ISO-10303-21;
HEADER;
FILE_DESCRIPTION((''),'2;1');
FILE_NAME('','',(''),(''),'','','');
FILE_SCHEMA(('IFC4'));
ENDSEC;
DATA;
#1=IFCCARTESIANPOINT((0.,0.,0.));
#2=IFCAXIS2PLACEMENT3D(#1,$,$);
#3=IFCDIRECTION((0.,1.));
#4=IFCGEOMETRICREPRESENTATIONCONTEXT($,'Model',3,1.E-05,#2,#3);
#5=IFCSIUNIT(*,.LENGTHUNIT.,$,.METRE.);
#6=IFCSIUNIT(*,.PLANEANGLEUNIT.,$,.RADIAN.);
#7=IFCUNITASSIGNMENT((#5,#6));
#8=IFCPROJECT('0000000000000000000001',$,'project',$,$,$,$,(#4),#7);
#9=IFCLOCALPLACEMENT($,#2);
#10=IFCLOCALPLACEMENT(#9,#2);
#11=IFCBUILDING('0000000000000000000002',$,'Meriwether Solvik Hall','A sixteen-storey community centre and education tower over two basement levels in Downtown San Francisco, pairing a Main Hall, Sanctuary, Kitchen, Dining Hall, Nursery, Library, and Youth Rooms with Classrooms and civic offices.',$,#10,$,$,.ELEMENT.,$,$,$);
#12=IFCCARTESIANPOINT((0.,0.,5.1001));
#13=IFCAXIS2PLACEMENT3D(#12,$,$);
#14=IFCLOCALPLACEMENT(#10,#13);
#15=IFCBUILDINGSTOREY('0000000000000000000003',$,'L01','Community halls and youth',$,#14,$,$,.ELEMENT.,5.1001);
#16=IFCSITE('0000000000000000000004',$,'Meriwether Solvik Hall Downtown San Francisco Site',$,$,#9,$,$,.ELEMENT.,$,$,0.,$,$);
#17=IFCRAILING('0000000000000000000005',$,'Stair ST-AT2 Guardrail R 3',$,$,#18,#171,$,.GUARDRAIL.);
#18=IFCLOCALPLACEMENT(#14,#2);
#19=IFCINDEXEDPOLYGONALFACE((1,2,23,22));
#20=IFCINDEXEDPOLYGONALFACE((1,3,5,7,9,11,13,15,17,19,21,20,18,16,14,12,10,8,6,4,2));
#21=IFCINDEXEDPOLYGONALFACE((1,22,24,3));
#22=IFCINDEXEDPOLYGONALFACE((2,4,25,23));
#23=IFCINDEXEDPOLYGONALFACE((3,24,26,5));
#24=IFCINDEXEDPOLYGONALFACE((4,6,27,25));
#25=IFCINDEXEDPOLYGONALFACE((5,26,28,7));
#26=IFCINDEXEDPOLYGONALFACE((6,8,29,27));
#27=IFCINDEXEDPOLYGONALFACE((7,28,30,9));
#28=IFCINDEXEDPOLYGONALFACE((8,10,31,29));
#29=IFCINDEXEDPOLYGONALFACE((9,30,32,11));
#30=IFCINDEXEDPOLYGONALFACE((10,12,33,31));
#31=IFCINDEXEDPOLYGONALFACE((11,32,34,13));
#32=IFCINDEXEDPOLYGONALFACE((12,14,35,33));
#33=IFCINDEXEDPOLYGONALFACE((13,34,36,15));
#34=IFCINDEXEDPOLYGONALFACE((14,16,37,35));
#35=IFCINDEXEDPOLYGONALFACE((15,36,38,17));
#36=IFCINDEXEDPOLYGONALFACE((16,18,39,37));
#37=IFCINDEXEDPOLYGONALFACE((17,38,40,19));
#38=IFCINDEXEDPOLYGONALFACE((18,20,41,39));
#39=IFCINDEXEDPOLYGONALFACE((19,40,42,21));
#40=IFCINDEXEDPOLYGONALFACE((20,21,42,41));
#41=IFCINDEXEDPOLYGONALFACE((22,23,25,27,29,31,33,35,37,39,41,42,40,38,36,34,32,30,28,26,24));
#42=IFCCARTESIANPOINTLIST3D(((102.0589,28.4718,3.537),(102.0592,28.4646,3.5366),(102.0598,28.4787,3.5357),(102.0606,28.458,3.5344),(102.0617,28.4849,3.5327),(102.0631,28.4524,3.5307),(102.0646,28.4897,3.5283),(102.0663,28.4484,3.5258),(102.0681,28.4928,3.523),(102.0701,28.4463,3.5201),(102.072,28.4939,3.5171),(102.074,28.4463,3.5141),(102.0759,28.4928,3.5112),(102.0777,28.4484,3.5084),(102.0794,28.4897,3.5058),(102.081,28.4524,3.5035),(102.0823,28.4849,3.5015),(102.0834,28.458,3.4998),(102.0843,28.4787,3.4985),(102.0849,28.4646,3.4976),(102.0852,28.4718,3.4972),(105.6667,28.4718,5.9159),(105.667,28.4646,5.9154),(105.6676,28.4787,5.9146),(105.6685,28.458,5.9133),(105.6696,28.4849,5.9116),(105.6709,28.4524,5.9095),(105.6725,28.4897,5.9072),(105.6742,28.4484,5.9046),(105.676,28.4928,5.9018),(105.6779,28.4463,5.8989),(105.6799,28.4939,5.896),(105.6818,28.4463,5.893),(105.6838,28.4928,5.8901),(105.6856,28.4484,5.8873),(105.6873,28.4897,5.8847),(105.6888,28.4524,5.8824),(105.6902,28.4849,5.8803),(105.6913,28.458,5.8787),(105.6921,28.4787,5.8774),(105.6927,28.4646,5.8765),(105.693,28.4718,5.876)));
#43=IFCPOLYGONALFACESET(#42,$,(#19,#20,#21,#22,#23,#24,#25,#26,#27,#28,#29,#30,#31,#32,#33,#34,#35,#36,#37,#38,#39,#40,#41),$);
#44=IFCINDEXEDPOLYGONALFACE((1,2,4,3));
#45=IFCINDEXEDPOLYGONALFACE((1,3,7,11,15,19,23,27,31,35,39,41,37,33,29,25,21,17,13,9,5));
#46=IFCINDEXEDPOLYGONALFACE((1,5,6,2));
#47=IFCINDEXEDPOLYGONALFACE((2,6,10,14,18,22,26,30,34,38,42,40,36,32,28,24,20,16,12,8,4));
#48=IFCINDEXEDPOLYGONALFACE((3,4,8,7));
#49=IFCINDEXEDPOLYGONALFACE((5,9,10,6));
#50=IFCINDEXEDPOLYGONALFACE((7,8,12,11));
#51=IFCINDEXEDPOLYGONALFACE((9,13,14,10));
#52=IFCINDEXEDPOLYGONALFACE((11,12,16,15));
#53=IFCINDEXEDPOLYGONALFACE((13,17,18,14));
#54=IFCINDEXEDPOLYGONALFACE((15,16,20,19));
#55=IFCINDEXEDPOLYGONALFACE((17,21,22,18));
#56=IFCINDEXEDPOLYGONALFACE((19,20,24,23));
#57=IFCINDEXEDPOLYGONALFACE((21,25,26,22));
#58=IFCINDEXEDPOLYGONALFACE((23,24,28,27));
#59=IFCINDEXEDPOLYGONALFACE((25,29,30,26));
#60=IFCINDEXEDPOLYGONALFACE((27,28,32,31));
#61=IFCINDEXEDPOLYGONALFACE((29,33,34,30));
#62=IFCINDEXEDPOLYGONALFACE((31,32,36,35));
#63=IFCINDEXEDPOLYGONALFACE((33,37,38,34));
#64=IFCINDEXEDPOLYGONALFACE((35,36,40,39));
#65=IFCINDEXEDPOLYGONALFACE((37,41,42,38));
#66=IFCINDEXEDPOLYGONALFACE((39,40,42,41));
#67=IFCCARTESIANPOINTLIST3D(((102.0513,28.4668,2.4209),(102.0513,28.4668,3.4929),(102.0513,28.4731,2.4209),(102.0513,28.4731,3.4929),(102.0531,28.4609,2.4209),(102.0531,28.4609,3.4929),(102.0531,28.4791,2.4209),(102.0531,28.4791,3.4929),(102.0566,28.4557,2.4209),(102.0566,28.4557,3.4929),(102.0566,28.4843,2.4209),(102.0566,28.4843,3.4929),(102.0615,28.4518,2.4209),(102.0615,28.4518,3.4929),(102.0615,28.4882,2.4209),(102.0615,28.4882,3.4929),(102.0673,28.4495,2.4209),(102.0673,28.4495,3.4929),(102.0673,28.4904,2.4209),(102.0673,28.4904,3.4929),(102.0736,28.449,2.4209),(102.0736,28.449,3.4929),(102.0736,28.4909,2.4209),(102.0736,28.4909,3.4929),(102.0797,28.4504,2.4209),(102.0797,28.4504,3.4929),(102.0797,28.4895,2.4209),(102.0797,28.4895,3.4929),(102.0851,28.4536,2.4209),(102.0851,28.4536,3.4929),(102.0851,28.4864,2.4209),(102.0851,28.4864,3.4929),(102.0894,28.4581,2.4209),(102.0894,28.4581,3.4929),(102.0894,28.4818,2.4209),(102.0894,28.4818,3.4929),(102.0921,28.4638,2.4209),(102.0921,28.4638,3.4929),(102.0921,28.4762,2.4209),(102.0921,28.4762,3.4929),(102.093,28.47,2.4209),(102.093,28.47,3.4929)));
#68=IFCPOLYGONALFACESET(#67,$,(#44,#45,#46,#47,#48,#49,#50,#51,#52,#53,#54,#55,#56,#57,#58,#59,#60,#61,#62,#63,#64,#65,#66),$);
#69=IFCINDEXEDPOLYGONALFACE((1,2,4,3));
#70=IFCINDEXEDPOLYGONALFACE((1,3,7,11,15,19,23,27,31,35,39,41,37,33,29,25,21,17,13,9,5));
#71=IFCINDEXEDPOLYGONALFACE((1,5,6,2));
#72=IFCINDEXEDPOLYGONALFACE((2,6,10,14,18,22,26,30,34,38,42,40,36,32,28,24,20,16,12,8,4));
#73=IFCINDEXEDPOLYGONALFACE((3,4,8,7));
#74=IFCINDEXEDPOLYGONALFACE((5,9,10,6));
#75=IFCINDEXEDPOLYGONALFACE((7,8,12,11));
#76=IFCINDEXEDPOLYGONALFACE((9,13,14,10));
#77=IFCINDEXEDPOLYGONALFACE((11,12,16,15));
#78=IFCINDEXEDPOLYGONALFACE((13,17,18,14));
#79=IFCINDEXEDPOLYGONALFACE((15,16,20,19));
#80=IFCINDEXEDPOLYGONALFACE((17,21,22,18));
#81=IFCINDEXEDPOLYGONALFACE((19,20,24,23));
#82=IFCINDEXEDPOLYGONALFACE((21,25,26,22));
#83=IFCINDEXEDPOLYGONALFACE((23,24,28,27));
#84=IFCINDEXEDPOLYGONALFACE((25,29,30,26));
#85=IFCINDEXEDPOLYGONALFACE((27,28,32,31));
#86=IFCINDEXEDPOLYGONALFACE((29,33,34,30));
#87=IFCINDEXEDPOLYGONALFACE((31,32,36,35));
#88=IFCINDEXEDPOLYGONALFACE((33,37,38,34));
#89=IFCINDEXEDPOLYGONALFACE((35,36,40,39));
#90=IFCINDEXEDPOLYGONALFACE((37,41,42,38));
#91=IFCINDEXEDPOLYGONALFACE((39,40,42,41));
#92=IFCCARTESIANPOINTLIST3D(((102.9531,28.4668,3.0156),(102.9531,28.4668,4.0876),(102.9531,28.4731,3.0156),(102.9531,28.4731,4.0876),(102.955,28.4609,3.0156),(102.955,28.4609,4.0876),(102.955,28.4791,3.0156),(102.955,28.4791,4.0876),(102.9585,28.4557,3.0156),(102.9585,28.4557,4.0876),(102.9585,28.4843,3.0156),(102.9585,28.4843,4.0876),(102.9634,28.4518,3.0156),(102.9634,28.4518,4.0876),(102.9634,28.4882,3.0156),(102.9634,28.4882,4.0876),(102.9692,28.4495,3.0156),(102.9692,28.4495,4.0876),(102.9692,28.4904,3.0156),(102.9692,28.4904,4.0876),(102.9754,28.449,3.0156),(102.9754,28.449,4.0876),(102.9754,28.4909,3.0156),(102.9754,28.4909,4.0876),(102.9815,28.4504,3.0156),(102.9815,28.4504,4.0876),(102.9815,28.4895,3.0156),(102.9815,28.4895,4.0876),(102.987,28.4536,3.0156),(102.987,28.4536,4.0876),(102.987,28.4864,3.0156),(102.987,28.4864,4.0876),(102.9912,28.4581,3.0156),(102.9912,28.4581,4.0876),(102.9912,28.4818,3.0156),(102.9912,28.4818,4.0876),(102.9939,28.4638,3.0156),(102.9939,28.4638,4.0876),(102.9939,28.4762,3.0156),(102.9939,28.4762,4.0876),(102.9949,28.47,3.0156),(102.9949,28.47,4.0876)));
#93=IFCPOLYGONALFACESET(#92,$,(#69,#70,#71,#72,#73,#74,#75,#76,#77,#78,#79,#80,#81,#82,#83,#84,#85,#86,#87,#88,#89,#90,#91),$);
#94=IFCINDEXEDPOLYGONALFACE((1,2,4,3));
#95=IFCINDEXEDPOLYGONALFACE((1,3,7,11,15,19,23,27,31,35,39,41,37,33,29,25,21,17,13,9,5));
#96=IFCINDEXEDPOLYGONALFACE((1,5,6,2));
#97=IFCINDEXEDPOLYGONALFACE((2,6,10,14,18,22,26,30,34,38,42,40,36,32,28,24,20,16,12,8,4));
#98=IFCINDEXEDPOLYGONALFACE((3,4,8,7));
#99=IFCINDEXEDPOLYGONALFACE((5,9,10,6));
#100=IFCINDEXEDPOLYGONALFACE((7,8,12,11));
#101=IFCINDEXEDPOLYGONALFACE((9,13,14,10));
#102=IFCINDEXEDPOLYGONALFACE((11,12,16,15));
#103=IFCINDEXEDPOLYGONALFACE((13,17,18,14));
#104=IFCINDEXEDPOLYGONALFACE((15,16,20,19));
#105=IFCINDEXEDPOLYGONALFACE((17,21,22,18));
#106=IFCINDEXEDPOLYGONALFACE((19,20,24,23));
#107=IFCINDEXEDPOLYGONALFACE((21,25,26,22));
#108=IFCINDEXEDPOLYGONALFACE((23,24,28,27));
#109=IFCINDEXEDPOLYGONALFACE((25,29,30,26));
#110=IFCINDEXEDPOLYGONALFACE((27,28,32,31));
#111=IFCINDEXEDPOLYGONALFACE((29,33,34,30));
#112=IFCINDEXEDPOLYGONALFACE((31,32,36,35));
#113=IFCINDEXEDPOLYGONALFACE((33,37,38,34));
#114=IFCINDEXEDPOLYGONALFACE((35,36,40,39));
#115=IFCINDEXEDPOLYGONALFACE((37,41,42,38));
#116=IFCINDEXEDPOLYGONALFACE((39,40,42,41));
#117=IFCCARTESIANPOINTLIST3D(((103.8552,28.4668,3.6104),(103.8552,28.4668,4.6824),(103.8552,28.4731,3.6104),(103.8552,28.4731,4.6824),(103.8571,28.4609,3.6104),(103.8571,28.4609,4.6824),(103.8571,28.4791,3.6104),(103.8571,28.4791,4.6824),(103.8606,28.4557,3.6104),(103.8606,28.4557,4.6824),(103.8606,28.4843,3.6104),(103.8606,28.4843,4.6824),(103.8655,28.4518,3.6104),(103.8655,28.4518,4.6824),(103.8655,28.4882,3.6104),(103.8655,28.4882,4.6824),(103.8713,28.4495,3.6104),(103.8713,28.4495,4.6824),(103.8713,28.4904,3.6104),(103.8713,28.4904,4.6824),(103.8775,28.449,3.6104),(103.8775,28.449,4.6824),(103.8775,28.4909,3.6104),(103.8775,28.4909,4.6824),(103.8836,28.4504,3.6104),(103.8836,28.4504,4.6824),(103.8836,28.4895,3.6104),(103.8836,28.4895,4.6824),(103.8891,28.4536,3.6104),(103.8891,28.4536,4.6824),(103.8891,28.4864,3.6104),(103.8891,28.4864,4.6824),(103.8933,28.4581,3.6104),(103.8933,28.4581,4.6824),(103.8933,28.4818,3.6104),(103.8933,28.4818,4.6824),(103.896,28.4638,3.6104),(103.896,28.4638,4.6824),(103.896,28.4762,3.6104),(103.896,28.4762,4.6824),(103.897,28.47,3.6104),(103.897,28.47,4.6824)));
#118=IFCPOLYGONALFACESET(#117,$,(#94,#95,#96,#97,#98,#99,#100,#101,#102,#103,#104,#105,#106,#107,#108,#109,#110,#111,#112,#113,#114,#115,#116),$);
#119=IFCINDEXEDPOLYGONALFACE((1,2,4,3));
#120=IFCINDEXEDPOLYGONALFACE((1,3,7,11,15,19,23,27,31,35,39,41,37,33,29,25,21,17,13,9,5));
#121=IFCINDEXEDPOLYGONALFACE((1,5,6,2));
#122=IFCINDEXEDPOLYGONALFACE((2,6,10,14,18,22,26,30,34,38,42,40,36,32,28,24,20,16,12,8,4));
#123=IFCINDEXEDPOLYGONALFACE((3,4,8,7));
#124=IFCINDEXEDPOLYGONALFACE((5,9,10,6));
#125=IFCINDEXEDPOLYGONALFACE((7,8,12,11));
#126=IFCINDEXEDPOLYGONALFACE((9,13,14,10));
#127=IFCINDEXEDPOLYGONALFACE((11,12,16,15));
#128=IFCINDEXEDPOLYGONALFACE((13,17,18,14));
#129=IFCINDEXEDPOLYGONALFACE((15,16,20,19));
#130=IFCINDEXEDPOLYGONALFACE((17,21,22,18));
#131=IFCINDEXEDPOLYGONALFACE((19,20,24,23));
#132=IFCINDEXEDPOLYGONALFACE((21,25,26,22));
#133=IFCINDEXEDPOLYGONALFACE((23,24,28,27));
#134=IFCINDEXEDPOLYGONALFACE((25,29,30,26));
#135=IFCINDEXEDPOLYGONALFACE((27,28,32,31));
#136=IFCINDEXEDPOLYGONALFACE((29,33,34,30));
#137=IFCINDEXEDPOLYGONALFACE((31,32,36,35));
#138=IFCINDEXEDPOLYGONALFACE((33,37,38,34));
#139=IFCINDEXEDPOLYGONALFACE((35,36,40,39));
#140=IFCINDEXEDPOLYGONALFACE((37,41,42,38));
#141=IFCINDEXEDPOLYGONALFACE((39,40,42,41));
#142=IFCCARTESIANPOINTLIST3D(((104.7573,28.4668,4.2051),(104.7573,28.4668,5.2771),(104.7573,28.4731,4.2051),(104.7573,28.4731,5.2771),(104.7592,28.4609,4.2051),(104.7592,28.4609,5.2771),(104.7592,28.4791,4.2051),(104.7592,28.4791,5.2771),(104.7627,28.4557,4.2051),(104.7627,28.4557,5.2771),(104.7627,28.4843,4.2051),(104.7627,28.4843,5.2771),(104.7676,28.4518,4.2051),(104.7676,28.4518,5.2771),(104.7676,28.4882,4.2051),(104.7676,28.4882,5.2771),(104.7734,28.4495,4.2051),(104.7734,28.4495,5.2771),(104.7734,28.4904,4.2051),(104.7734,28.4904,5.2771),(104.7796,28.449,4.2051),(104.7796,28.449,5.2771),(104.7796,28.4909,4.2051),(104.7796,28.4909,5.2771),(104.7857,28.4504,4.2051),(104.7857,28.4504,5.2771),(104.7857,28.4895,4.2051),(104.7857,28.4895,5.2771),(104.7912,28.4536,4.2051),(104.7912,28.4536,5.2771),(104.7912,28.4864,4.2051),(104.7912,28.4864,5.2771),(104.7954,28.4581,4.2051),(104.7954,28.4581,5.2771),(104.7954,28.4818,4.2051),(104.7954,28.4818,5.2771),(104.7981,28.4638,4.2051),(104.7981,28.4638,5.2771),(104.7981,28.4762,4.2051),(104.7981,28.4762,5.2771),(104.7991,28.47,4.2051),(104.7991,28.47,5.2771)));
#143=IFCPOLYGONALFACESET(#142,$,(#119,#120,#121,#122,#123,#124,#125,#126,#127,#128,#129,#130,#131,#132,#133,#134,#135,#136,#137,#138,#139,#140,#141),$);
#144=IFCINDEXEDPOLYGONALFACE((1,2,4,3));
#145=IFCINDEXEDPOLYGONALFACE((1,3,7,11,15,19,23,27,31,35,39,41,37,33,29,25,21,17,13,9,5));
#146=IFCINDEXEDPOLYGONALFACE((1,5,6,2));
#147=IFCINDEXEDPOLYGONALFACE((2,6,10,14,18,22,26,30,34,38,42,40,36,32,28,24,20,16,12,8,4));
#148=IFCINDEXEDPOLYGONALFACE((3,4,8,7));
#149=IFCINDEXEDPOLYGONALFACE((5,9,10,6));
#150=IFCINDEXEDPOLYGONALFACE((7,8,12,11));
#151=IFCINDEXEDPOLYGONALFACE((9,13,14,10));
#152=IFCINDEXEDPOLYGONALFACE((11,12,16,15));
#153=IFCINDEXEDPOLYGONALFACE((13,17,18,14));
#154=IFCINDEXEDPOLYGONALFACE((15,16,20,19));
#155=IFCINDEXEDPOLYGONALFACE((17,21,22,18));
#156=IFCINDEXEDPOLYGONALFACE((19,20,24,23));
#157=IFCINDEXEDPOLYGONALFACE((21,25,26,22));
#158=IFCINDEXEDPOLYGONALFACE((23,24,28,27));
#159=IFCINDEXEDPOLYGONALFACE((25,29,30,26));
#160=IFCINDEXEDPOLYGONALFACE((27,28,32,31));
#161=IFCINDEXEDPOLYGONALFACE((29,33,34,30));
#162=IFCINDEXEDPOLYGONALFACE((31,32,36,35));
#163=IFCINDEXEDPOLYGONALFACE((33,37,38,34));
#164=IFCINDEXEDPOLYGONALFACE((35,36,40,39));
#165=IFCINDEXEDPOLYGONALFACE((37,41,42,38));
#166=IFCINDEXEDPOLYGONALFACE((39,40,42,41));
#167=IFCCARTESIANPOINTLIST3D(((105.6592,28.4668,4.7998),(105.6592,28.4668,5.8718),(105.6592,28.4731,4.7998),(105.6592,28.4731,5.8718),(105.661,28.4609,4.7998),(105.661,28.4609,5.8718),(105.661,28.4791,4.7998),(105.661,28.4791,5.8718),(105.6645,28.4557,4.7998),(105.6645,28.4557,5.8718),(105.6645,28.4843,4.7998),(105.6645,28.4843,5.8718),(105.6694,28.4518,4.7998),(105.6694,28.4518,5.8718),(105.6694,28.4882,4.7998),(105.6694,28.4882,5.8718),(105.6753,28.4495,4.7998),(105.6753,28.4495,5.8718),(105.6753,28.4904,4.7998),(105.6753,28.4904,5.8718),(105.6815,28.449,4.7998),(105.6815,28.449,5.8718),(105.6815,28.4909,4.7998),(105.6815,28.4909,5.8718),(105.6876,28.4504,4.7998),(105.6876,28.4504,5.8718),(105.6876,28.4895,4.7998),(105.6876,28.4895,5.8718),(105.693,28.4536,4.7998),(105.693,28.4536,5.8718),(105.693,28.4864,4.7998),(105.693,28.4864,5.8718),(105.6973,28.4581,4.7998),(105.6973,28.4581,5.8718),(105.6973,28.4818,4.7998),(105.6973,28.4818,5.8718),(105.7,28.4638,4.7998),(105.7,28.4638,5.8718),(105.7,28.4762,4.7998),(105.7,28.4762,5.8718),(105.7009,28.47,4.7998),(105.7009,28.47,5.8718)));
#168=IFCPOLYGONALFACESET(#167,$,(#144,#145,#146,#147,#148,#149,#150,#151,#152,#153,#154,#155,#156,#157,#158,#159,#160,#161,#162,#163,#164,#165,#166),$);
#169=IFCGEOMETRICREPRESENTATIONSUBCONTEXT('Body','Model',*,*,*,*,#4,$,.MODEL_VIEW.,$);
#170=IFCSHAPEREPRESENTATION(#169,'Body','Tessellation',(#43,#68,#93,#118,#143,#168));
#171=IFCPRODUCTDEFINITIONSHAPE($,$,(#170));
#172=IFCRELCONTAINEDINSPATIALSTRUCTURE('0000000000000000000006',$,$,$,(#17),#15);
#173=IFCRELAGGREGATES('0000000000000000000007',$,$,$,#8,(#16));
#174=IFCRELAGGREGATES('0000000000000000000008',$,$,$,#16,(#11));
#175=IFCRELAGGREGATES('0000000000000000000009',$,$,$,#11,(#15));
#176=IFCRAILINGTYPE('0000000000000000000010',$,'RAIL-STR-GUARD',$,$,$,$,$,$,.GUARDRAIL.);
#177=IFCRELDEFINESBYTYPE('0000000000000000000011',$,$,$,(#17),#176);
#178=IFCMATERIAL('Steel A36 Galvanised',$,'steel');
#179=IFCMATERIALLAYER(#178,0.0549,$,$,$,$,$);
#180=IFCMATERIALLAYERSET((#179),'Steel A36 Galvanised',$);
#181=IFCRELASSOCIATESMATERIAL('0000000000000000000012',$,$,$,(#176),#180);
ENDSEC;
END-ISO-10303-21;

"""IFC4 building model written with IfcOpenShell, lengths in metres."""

from ifc_helpers import new_model, si_unit, direction, frame, origin, origin_2d, place, context, subcontext, project, spatial, circle, extrude, material, layer, layer_set, type_object, element, save


model = new_model("IFC4")

# Units and contexts
model_context = context("Model", 3, precision=1e-05, world=origin(), true_north=direction((0.0, 1.0)))
body_context = subcontext(model_context, "Body", "Model", "MODEL_VIEW")
ifc_project = project(units=[si_unit("LENGTHUNIT", "METRE"), si_unit("PLANEANGLEUNIT", "RADIAN")], contexts=[model_context])

# Site, building, storey
site_placement = place(None, origin())
site = spatial("IfcSite", under=ifc_project, at=site_placement, Name="Meriwether Solvik Hall Downtown San Francisco Site", CompositionType="ELEMENT", RefElevation=0.0)
building_placement = place(site_placement, origin())
building = spatial("IfcBuilding", under=site, at=building_placement, Name="Meriwether Solvik Hall", Description="A sixteen-storey community centre and education tower over two basement levels in Downtown San Francisco, pairing a Main Hall, Sanctuary, Kitchen, Dining Hall, Nursery, Library, and Youth Rooms with Classrooms and civic offices.", CompositionType="ELEMENT")
storey_placement = place(building_placement, frame((0.0, 0.0, 5.1001)))
storey = spatial("IfcBuildingStorey", under=building, at=storey_placement, Name="L01", Description="Community halls and youth", CompositionType="ELEMENT", Elevation=5.1001)

# Railing
ifc_material_1 = material(Name="Steel A36 Galvanised", Category="steel")
ifc_layer_1 = layer(ifc_material_1, 0.0549)
ifc_layer_set_1 = layer_set([ifc_layer_1], Name="Steel A36 Galvanised")
railing_type = type_object("IfcRailingType", Name="RAIL-STR-GUARD", PredefinedType="GUARDRAIL", material=ifc_layer_set_1)
railing_1_placement = place(storey_placement, frame((102.072, 28.47, 2.4209)))
element("IfcRailing", 1, at=railing_1_placement, inside=storey, type_object=railing_type, Name="Stair ST-AT2 Guardrail R 3", PredefinedType="GUARDRAIL", context=body_context, shape_type="SweptSolid", body=[
    extrude(circle(Radius=0.0239, at=origin_2d()), frame((0.0, 0.0, 1.0962), z_axis=(0.834856, 0.0, 0.550469), x_axis=(0.0, 1.0, 0.0)), (0.0, 0.0, 1.0), 4.3215),
    extrude(circle(Radius=0.021, at=origin_2d()), origin(), (0.0, 0.0, 1.0), 1.072),
    extrude(circle(Radius=0.021, at=origin_2d()), frame((0.9019, 0.0, 0.5947)), (0.0, 0.0, 1.0), 1.072),
    extrude(circle(Radius=0.021, at=origin_2d()), frame((1.804, 0.0, 1.1895)), (0.0, 0.0, 1.0), 1.072),
    extrude(circle(Radius=0.021, at=origin_2d()), frame((2.7061, 0.0, 1.7842)), (0.0, 0.0, 1.0), 1.072),
    extrude(circle(Radius=0.021, at=origin_2d()), frame((3.6079, 0.0, 2.3789)), (0.0, 0.0, 1.0), 1.072),
])

save(model, "model.ifc")
